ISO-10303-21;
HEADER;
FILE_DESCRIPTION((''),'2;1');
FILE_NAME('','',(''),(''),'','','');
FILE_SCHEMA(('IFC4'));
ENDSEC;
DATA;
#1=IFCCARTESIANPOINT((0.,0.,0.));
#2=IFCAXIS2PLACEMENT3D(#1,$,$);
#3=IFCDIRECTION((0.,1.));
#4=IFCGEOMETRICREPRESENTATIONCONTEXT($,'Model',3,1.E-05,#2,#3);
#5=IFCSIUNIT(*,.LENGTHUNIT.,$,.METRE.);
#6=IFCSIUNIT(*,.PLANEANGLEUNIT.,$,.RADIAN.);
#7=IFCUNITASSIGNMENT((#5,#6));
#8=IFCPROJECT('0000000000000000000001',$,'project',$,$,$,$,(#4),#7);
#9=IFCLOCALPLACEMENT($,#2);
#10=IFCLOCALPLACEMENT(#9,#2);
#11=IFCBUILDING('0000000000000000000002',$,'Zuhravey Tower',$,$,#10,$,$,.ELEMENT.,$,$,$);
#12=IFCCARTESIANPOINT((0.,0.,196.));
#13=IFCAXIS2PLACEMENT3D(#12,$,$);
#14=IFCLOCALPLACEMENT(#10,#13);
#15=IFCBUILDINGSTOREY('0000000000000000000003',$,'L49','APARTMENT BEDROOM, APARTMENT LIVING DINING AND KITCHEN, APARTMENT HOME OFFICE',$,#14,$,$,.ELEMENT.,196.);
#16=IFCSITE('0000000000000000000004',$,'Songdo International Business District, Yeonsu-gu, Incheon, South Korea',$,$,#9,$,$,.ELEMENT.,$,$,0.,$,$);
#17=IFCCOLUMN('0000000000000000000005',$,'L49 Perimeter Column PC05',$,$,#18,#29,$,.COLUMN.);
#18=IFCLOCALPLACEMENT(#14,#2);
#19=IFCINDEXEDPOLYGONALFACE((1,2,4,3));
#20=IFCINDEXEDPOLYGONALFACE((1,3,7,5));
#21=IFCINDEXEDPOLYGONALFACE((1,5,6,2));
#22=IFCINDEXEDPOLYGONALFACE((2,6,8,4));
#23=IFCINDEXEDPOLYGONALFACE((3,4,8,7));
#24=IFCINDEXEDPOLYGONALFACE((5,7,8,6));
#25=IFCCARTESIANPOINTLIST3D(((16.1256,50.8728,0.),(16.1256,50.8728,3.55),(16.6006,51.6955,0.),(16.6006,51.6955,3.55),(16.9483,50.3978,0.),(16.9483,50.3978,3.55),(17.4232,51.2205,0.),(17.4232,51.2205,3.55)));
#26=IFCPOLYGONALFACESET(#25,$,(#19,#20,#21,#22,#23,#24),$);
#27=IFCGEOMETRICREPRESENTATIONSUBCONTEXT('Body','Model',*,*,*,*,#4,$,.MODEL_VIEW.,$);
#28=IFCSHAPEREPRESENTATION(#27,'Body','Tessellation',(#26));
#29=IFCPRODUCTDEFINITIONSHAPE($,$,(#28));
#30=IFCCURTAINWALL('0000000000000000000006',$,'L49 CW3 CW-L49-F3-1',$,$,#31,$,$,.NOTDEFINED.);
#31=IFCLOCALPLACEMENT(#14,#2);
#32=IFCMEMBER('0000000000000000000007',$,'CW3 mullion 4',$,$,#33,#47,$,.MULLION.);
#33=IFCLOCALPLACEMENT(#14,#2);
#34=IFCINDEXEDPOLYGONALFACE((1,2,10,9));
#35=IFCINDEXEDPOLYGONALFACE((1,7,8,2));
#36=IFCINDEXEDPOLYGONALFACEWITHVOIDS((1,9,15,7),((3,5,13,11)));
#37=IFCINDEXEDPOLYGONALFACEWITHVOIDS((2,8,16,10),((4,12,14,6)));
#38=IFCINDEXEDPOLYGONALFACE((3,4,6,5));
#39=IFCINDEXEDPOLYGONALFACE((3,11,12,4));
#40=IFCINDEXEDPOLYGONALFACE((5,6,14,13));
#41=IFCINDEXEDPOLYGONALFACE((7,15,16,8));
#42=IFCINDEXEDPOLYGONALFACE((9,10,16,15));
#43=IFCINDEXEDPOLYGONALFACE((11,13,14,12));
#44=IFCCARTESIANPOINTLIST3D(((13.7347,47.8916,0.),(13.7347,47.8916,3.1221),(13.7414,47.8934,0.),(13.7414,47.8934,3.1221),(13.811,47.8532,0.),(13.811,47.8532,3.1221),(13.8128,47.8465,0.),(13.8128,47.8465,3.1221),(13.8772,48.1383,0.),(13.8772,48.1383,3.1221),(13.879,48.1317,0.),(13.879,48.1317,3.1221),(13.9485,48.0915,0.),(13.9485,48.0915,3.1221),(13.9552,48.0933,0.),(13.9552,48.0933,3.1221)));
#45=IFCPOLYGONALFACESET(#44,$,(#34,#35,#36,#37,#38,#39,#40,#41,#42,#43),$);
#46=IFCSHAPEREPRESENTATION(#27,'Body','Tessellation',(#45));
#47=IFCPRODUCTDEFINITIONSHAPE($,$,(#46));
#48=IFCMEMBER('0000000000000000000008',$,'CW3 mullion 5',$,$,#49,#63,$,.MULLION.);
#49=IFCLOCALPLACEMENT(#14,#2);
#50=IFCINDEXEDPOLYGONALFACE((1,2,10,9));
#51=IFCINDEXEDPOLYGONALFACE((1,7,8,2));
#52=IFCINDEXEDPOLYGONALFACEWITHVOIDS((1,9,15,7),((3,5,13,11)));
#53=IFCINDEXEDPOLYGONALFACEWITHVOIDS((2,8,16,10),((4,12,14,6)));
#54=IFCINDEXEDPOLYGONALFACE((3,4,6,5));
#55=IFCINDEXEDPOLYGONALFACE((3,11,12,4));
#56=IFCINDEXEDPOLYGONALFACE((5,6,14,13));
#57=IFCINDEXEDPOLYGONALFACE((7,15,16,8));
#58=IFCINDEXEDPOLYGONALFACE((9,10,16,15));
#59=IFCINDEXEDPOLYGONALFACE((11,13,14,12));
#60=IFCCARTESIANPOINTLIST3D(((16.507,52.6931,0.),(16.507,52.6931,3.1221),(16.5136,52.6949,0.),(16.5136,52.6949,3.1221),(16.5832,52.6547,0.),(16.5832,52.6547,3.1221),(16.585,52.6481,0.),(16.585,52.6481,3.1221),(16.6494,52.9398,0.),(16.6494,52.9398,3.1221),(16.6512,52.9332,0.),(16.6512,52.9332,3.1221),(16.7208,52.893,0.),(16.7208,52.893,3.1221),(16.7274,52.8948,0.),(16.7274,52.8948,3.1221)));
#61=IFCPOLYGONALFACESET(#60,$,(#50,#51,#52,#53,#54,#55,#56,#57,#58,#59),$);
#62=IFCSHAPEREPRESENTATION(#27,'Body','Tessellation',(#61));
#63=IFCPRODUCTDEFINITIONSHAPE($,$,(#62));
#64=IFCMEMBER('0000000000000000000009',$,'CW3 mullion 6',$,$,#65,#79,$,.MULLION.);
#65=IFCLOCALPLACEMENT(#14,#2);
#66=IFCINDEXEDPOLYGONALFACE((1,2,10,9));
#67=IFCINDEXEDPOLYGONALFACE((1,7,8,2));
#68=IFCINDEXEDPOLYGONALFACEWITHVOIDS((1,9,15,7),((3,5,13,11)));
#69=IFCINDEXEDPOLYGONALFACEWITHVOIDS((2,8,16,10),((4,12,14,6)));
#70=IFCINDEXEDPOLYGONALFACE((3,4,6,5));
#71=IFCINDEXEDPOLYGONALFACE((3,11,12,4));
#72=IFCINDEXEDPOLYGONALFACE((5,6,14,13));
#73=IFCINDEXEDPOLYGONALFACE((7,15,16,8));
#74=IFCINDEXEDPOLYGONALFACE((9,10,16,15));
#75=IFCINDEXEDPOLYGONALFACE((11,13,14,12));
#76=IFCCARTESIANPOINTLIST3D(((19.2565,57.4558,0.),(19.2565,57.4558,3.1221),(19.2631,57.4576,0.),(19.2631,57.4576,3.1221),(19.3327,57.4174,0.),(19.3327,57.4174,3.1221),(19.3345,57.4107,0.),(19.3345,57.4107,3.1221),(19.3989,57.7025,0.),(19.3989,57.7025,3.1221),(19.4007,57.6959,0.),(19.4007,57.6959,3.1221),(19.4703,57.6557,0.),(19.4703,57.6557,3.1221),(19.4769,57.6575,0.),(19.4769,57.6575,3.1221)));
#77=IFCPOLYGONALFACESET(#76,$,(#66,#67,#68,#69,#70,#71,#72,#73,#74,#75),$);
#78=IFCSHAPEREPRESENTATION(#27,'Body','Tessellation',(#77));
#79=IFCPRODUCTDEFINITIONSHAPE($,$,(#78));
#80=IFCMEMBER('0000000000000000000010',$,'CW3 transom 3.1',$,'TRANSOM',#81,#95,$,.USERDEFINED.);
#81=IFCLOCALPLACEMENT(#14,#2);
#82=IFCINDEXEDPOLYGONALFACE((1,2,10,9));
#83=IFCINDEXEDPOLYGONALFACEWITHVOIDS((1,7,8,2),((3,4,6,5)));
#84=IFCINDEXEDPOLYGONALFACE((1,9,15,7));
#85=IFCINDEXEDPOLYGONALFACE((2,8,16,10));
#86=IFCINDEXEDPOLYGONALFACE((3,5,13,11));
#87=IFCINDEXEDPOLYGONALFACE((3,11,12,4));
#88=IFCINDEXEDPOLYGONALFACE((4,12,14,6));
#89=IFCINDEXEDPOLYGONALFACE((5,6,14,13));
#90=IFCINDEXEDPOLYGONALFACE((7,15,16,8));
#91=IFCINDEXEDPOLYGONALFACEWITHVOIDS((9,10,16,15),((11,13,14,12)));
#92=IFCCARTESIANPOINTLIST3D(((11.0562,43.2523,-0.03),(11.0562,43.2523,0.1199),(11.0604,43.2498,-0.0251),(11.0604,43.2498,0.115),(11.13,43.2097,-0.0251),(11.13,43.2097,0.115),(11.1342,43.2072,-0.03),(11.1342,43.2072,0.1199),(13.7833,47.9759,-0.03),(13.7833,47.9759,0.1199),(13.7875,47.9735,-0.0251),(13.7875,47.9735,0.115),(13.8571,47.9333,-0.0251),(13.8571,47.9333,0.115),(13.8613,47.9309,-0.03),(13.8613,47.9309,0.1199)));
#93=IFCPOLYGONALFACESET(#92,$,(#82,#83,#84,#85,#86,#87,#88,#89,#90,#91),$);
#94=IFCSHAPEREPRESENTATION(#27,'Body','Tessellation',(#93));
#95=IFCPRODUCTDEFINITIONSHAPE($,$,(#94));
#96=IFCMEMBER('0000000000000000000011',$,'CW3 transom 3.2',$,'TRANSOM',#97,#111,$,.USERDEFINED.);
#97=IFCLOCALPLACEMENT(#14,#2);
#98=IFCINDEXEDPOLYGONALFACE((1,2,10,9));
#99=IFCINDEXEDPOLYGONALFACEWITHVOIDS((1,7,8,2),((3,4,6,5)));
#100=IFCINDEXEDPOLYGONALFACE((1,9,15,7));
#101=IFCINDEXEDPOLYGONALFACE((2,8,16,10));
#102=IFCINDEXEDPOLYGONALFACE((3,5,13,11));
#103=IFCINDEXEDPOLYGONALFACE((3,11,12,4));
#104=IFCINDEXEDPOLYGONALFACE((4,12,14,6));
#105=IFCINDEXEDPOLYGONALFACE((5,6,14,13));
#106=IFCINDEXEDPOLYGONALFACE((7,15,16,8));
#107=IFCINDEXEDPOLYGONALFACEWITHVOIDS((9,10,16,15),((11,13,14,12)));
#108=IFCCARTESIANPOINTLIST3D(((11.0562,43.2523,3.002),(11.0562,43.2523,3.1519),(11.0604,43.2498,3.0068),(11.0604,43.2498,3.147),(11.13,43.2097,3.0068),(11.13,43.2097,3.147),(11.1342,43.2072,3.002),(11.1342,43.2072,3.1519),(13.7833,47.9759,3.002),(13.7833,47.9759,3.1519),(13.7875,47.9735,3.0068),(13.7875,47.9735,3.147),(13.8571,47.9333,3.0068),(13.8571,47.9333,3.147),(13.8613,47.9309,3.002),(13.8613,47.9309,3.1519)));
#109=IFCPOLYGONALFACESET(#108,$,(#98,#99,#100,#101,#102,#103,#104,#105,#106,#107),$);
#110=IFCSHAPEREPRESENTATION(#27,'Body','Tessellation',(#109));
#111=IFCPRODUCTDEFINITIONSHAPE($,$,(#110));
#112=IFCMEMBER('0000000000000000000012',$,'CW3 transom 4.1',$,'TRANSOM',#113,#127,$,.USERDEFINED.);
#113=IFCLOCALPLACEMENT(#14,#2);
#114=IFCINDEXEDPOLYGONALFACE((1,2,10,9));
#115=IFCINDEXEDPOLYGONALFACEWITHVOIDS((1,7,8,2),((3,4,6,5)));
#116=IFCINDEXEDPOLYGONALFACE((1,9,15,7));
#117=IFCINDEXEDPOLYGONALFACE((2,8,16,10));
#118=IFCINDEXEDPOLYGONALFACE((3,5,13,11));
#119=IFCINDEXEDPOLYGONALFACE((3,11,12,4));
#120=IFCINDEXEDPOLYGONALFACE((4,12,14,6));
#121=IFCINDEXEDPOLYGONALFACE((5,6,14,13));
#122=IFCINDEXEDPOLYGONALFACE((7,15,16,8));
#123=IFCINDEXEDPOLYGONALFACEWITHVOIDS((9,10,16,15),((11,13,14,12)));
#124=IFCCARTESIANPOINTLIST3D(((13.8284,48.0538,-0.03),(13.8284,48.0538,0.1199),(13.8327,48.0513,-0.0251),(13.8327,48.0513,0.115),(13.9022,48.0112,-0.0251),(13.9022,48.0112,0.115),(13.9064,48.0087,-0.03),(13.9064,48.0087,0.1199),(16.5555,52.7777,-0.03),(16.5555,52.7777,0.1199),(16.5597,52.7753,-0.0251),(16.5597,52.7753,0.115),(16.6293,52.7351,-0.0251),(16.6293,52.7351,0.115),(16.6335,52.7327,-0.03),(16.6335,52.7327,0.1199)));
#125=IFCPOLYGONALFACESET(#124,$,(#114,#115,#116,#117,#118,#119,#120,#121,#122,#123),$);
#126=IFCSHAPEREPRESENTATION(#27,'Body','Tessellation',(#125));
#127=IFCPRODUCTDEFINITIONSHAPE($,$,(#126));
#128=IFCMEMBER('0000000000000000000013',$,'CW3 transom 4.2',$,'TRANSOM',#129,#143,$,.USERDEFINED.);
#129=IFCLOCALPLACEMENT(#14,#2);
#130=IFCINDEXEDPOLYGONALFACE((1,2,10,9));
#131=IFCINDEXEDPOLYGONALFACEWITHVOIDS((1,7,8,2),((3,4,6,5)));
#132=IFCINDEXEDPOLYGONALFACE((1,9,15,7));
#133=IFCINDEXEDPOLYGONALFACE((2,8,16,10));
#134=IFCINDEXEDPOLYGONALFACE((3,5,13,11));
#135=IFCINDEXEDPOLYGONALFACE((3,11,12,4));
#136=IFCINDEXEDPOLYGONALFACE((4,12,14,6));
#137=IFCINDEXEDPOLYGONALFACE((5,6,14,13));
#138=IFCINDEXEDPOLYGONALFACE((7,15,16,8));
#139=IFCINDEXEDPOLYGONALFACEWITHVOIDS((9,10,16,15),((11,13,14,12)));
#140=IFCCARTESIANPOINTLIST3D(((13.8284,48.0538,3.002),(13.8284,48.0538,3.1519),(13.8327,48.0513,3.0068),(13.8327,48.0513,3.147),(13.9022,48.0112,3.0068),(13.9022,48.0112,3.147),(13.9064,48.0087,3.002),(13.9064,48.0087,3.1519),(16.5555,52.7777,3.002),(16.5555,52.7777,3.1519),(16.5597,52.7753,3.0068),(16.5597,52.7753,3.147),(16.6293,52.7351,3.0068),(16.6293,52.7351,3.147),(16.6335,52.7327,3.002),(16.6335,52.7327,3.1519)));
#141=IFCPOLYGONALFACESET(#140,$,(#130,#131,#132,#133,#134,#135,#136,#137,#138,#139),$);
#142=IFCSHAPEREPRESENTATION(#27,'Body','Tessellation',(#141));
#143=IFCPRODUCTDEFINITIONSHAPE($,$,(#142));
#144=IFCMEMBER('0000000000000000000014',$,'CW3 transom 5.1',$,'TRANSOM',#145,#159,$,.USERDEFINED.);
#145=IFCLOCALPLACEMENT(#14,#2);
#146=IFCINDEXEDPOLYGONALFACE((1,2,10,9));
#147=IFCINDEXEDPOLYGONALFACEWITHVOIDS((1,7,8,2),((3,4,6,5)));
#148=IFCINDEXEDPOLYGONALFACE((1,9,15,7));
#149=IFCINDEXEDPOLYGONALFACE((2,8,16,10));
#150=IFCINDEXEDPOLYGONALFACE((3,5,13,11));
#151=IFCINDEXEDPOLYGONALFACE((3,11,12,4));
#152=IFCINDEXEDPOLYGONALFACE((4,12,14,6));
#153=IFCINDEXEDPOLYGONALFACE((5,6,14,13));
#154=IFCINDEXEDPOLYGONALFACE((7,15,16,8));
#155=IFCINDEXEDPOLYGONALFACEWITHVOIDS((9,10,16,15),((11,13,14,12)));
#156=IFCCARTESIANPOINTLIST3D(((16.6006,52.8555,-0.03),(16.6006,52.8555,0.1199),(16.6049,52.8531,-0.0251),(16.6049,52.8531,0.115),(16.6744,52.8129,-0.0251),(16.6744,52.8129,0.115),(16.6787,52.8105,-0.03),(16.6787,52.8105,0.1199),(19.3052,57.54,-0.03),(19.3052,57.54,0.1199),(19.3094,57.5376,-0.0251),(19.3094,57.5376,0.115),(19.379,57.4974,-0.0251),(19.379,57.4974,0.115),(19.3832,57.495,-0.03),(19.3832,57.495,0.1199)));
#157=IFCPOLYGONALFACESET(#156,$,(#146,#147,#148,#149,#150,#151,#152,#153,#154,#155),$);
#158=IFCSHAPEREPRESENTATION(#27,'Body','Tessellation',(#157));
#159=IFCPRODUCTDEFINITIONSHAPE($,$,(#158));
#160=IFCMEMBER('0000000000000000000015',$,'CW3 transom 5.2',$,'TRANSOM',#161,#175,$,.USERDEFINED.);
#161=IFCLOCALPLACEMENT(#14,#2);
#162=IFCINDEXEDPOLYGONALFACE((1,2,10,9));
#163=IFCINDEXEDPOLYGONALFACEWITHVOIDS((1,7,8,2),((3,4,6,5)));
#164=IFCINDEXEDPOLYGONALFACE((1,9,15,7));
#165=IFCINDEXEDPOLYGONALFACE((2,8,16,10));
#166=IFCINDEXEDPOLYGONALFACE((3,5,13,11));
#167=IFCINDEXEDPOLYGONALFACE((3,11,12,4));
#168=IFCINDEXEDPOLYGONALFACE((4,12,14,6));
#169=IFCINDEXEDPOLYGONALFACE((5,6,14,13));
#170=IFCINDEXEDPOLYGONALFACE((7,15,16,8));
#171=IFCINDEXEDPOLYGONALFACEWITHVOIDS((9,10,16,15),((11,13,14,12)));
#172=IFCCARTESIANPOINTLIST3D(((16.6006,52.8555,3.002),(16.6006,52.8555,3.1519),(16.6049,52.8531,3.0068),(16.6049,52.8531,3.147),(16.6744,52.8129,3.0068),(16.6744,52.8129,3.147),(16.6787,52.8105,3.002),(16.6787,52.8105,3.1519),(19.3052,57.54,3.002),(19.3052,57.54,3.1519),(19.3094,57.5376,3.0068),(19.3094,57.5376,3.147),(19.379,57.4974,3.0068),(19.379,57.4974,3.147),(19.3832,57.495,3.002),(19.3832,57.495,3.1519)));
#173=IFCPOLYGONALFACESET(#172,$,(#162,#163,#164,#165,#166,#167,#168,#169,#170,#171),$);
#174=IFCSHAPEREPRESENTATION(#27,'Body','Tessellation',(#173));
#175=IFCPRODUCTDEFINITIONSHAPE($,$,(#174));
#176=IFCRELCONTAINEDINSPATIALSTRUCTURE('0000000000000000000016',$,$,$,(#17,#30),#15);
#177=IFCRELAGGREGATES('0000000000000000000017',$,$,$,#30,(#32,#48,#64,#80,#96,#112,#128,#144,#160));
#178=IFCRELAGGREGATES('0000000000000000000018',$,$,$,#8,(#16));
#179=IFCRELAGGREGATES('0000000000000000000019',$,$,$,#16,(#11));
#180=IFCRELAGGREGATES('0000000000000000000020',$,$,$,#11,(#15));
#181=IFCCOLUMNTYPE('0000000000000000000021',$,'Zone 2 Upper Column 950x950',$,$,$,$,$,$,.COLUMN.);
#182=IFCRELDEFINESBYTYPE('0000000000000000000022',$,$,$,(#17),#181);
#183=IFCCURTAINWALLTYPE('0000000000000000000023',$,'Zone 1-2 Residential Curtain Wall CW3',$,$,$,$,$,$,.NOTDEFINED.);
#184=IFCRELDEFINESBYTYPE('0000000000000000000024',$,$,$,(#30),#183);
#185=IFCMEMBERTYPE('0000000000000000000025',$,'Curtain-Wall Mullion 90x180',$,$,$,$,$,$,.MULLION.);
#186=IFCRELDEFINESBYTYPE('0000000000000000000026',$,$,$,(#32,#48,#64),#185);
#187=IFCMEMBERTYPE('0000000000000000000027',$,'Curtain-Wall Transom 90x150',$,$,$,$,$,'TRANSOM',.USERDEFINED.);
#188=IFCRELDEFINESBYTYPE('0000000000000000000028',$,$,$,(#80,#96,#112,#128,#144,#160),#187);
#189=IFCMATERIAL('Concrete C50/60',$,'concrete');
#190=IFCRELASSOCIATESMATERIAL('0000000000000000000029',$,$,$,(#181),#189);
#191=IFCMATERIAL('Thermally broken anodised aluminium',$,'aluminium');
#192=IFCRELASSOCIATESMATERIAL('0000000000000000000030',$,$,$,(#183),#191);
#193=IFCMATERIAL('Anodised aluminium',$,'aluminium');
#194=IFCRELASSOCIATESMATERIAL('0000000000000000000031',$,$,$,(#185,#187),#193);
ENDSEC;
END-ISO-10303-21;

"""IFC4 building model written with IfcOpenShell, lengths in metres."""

from ifc_helpers import new_model, si_unit, direction, frame, origin, origin_2d, place, context, subcontext, project, spatial, rectangle, hollow_rectangle, extrude, material, material_profile, profile_set, type_object, element, aggregate, save


model = new_model("IFC4")

# Units and contexts
model_context = context("Model", 3, precision=1e-05, world=origin(), true_north=direction((0.0, 1.0)))
body_context = subcontext(model_context, "Body", "Model", "MODEL_VIEW")
ifc_project = project(units=[si_unit("LENGTHUNIT", "METRE"), si_unit("PLANEANGLEUNIT", "RADIAN")], contexts=[model_context])

# Site, building, storey
site_placement = place(None, origin())
site = spatial("IfcSite", under=ifc_project, at=site_placement, Name="Songdo International Business District, Yeonsu-gu, Incheon, South Korea", CompositionType="ELEMENT", RefElevation=0.0)
building_placement = place(site_placement, origin())
building = spatial("IfcBuilding", under=site, at=building_placement, Name="Zuhravey Tower", CompositionType="ELEMENT")
storey_placement = place(building_placement, frame((0.0, 0.0, 196.0)))
storey = spatial("IfcBuildingStorey", under=building, at=storey_placement, Name="L49", Description="APARTMENT BEDROOM, APARTMENT LIVING DINING AND KITCHEN, APARTMENT HOME OFFICE", CompositionType="ELEMENT", Elevation=196.0)

# Column
ifc_material_1 = material(Name="Concrete C50/60", Category="concrete")
ifc_material_profile_1 = material_profile(ifc_material_1, rectangle(XDim=0.95, YDim=0.95, at=origin_2d()), Name="RC-950x950")
ifc_profile_set_1 = profile_set([ifc_material_profile_1], Name="Concrete C50/60")
column_type = type_object("IfcColumnType", Name="Zone 2 Upper Column 950x950", PredefinedType="COLUMN", material=ifc_profile_set_1)
column_placement = place(storey_placement, frame((16.7744, 51.0466, 0.0), z_axis=(0.0, 0.0, 1.0), x_axis=(-0.5, -0.866025, 0.0)))
element("IfcColumn", 1, at=column_placement, inside=storey, type_object=column_type, Name="L49 Perimeter Column PC05", PredefinedType="COLUMN", context=body_context, shape_type="SweptSolid", body=[
    extrude(rectangle(XDim=0.95, YDim=0.95, at=origin_2d()), origin(), (0.0, 0.0, 1.0), 3.55),
])

# Curtain wall, members
ifc_material_2 = material(Name="Thermally broken anodised aluminium", Category="aluminium")
curtain_wall_type = type_object("IfcCurtainWallType", Name="Zone 1-2 Residential Curtain Wall CW3", PredefinedType="NOTDEFINED", material=ifc_material_2)
curtain_wall_placement = place(storey_placement, origin())
curtain_wall = element("IfcCurtainWall", 2, at=curtain_wall_placement, inside=storey, type_object=curtain_wall_type, Name="L49 CW3 CW-L49-F3-1", PredefinedType="NOTDEFINED")
ifc_material_3 = material(Name="Anodised aluminium", Category="aluminium")
ifc_material_profile_2 = material_profile(ifc_material_3, hollow_rectangle(XDim=0.0901, YDim=0.2849, WallThickness=0.0049, at=origin_2d()), Name="ALU-RHS-90x285x5")
ifc_profile_set_2 = profile_set([ifc_material_profile_2], Name="Anodised aluminium")
member_type_1 = type_object("IfcMemberType", Name="Curtain-Wall Mullion 90x180", PredefinedType="MULLION", material=ifc_profile_set_2)
member_1_placement = place(storey_placement, frame((13.845, 47.9924, 0.0), z_axis=(0.0, 0.0, 1.0), x_axis=(-0.866025, 0.5, 0.0)))
member_1 = element("IfcMember", 3, at=member_1_placement, type_object=member_type_1, Name="CW3 mullion 4", PredefinedType="MULLION", context=body_context, shape_type="SweptSolid", body=[
    extrude(hollow_rectangle(XDim=0.0901, YDim=0.2849, WallThickness=0.0049, at=origin_2d()), origin(), (0.0, 0.0, 1.0), 3.1221),
])
member_2_placement = place(storey_placement, frame((16.6172, 52.7939, 0.0), z_axis=(0.0, 0.0, 1.0), x_axis=(-0.866025, 0.5, 0.0)))
member_2 = element("IfcMember", 4, at=member_2_placement, type_object=member_type_1, Name="CW3 mullion 5", PredefinedType="MULLION", context=body_context, shape_type="SweptSolid", body=[
    extrude(hollow_rectangle(XDim=0.0901, YDim=0.2849, WallThickness=0.0049, at=origin_2d()), origin(), (0.0, 0.0, 1.0), 3.1221),
])
member_3_placement = place(storey_placement, frame((19.3667, 57.5566, 0.0), z_axis=(0.0, 0.0, 1.0), x_axis=(-0.866025, 0.5, 0.0)))
member_3 = element("IfcMember", 5, at=member_3_placement, type_object=member_type_1, Name="CW3 mullion 6", PredefinedType="MULLION", context=body_context, shape_type="SweptSolid", body=[
    extrude(hollow_rectangle(XDim=0.0901, YDim=0.2849, WallThickness=0.0049, at=origin_2d()), origin(), (0.0, 0.0, 1.0), 3.1221),
])
ifc_material_profile_3 = material_profile(ifc_material_3, hollow_rectangle(XDim=0.0901, YDim=0.1499, WallThickness=0.0049, at=origin_2d()), Name="ALU-RHS-90x150x5")
ifc_profile_set_3 = profile_set([ifc_material_profile_3], Name="Anodised aluminium")
member_type_2 = type_object("IfcMemberType", Name="Curtain-Wall Transom 90x150", ElementType="TRANSOM", PredefinedType="USERDEFINED", material=ifc_profile_set_3)
member_4_placement = place(storey_placement, frame((11.0952, 43.2297, 0.0449), z_axis=(0.499981, 0.866037, 0.0), x_axis=(-0.866037, 0.499981, 0.0)))
member_4 = element("IfcMember", 6, at=member_4_placement, type_object=member_type_2, Name="CW3 transom 3.1", ObjectType="TRANSOM", PredefinedType="USERDEFINED", context=body_context, shape_type="SweptSolid", body=[
    extrude(hollow_rectangle(XDim=0.0901, YDim=0.1499, WallThickness=0.0049, at=origin_2d()), origin(), (0.0, 0.0, 1.0), 5.4543),
])
member_5_placement = place(storey_placement, frame((11.0952, 43.2297, 3.0769), z_axis=(0.499981, 0.866037, 0.0), x_axis=(-0.866037, 0.499981, 0.0)))
member_5 = element("IfcMember", 7, at=member_5_placement, type_object=member_type_2, Name="CW3 transom 3.2", ObjectType="TRANSOM", PredefinedType="USERDEFINED", context=body_context, shape_type="SweptSolid", body=[
    extrude(hollow_rectangle(XDim=0.0901, YDim=0.1499, WallThickness=0.0049, at=origin_2d()), origin(), (0.0, 0.0, 1.0), 5.4543),
])
member_6_placement = place(storey_placement, frame((13.8674, 48.0312, 0.0449), z_axis=(0.499961, 0.866048, 0.0), x_axis=(-0.866048, 0.499961, 0.0)))
member_6 = element("IfcMember", 8, at=member_6_placement, type_object=member_type_2, Name="CW3 transom 4.1", ObjectType="TRANSOM", PredefinedType="USERDEFINED", context=body_context, shape_type="SweptSolid", body=[
    extrude(hollow_rectangle(XDim=0.0901, YDim=0.1499, WallThickness=0.0049, at=origin_2d()), origin(), (0.0, 0.0, 1.0), 5.4546),
])
member_7_placement = place(storey_placement, frame((13.8674, 48.0312, 3.0769), z_axis=(0.499961, 0.866048, 0.0), x_axis=(-0.866048, 0.499961, 0.0)))
member_7 = element("IfcMember", 9, at=member_7_placement, type_object=member_type_2, Name="CW3 transom 4.2", ObjectType="TRANSOM", PredefinedType="USERDEFINED", context=body_context, shape_type="SweptSolid", body=[
    extrude(hollow_rectangle(XDim=0.0901, YDim=0.1499, WallThickness=0.0049, at=origin_2d()), origin(), (0.0, 0.0, 1.0), 5.4546),
])
member_8_placement = place(storey_placement, frame((16.6396, 52.833, 0.0449), z_axis=(0.499993, 0.866029, 0.0), x_axis=(-0.866029, 0.499993, 0.0)))
member_8 = element("IfcMember", 10, at=member_8_placement, type_object=member_type_2, Name="CW3 transom 5.1", ObjectType="TRANSOM", PredefinedType="USERDEFINED", context=body_context, shape_type="SweptSolid", body=[
    extrude(hollow_rectangle(XDim=0.0901, YDim=0.1499, WallThickness=0.0049, at=origin_2d()), origin(), (0.0, 0.0, 1.0), 5.4092),
])
member_9_placement = place(storey_placement, frame((16.6396, 52.833, 3.0769), z_axis=(0.499993, 0.866029, 0.0), x_axis=(-0.866029, 0.499993, 0.0)))
member_9 = element("IfcMember", 11, at=member_9_placement, type_object=member_type_2, Name="CW3 transom 5.2", ObjectType="TRANSOM", PredefinedType="USERDEFINED", context=body_context, shape_type="SweptSolid", body=[
    extrude(hollow_rectangle(XDim=0.0901, YDim=0.1499, WallThickness=0.0049, at=origin_2d()), origin(), (0.0, 0.0, 1.0), 5.4092),
])

aggregate(curtain_wall, [member_1, member_2, member_3, member_4, member_5, member_6, member_7, member_8, member_9])

save(model, "model.ifc")
